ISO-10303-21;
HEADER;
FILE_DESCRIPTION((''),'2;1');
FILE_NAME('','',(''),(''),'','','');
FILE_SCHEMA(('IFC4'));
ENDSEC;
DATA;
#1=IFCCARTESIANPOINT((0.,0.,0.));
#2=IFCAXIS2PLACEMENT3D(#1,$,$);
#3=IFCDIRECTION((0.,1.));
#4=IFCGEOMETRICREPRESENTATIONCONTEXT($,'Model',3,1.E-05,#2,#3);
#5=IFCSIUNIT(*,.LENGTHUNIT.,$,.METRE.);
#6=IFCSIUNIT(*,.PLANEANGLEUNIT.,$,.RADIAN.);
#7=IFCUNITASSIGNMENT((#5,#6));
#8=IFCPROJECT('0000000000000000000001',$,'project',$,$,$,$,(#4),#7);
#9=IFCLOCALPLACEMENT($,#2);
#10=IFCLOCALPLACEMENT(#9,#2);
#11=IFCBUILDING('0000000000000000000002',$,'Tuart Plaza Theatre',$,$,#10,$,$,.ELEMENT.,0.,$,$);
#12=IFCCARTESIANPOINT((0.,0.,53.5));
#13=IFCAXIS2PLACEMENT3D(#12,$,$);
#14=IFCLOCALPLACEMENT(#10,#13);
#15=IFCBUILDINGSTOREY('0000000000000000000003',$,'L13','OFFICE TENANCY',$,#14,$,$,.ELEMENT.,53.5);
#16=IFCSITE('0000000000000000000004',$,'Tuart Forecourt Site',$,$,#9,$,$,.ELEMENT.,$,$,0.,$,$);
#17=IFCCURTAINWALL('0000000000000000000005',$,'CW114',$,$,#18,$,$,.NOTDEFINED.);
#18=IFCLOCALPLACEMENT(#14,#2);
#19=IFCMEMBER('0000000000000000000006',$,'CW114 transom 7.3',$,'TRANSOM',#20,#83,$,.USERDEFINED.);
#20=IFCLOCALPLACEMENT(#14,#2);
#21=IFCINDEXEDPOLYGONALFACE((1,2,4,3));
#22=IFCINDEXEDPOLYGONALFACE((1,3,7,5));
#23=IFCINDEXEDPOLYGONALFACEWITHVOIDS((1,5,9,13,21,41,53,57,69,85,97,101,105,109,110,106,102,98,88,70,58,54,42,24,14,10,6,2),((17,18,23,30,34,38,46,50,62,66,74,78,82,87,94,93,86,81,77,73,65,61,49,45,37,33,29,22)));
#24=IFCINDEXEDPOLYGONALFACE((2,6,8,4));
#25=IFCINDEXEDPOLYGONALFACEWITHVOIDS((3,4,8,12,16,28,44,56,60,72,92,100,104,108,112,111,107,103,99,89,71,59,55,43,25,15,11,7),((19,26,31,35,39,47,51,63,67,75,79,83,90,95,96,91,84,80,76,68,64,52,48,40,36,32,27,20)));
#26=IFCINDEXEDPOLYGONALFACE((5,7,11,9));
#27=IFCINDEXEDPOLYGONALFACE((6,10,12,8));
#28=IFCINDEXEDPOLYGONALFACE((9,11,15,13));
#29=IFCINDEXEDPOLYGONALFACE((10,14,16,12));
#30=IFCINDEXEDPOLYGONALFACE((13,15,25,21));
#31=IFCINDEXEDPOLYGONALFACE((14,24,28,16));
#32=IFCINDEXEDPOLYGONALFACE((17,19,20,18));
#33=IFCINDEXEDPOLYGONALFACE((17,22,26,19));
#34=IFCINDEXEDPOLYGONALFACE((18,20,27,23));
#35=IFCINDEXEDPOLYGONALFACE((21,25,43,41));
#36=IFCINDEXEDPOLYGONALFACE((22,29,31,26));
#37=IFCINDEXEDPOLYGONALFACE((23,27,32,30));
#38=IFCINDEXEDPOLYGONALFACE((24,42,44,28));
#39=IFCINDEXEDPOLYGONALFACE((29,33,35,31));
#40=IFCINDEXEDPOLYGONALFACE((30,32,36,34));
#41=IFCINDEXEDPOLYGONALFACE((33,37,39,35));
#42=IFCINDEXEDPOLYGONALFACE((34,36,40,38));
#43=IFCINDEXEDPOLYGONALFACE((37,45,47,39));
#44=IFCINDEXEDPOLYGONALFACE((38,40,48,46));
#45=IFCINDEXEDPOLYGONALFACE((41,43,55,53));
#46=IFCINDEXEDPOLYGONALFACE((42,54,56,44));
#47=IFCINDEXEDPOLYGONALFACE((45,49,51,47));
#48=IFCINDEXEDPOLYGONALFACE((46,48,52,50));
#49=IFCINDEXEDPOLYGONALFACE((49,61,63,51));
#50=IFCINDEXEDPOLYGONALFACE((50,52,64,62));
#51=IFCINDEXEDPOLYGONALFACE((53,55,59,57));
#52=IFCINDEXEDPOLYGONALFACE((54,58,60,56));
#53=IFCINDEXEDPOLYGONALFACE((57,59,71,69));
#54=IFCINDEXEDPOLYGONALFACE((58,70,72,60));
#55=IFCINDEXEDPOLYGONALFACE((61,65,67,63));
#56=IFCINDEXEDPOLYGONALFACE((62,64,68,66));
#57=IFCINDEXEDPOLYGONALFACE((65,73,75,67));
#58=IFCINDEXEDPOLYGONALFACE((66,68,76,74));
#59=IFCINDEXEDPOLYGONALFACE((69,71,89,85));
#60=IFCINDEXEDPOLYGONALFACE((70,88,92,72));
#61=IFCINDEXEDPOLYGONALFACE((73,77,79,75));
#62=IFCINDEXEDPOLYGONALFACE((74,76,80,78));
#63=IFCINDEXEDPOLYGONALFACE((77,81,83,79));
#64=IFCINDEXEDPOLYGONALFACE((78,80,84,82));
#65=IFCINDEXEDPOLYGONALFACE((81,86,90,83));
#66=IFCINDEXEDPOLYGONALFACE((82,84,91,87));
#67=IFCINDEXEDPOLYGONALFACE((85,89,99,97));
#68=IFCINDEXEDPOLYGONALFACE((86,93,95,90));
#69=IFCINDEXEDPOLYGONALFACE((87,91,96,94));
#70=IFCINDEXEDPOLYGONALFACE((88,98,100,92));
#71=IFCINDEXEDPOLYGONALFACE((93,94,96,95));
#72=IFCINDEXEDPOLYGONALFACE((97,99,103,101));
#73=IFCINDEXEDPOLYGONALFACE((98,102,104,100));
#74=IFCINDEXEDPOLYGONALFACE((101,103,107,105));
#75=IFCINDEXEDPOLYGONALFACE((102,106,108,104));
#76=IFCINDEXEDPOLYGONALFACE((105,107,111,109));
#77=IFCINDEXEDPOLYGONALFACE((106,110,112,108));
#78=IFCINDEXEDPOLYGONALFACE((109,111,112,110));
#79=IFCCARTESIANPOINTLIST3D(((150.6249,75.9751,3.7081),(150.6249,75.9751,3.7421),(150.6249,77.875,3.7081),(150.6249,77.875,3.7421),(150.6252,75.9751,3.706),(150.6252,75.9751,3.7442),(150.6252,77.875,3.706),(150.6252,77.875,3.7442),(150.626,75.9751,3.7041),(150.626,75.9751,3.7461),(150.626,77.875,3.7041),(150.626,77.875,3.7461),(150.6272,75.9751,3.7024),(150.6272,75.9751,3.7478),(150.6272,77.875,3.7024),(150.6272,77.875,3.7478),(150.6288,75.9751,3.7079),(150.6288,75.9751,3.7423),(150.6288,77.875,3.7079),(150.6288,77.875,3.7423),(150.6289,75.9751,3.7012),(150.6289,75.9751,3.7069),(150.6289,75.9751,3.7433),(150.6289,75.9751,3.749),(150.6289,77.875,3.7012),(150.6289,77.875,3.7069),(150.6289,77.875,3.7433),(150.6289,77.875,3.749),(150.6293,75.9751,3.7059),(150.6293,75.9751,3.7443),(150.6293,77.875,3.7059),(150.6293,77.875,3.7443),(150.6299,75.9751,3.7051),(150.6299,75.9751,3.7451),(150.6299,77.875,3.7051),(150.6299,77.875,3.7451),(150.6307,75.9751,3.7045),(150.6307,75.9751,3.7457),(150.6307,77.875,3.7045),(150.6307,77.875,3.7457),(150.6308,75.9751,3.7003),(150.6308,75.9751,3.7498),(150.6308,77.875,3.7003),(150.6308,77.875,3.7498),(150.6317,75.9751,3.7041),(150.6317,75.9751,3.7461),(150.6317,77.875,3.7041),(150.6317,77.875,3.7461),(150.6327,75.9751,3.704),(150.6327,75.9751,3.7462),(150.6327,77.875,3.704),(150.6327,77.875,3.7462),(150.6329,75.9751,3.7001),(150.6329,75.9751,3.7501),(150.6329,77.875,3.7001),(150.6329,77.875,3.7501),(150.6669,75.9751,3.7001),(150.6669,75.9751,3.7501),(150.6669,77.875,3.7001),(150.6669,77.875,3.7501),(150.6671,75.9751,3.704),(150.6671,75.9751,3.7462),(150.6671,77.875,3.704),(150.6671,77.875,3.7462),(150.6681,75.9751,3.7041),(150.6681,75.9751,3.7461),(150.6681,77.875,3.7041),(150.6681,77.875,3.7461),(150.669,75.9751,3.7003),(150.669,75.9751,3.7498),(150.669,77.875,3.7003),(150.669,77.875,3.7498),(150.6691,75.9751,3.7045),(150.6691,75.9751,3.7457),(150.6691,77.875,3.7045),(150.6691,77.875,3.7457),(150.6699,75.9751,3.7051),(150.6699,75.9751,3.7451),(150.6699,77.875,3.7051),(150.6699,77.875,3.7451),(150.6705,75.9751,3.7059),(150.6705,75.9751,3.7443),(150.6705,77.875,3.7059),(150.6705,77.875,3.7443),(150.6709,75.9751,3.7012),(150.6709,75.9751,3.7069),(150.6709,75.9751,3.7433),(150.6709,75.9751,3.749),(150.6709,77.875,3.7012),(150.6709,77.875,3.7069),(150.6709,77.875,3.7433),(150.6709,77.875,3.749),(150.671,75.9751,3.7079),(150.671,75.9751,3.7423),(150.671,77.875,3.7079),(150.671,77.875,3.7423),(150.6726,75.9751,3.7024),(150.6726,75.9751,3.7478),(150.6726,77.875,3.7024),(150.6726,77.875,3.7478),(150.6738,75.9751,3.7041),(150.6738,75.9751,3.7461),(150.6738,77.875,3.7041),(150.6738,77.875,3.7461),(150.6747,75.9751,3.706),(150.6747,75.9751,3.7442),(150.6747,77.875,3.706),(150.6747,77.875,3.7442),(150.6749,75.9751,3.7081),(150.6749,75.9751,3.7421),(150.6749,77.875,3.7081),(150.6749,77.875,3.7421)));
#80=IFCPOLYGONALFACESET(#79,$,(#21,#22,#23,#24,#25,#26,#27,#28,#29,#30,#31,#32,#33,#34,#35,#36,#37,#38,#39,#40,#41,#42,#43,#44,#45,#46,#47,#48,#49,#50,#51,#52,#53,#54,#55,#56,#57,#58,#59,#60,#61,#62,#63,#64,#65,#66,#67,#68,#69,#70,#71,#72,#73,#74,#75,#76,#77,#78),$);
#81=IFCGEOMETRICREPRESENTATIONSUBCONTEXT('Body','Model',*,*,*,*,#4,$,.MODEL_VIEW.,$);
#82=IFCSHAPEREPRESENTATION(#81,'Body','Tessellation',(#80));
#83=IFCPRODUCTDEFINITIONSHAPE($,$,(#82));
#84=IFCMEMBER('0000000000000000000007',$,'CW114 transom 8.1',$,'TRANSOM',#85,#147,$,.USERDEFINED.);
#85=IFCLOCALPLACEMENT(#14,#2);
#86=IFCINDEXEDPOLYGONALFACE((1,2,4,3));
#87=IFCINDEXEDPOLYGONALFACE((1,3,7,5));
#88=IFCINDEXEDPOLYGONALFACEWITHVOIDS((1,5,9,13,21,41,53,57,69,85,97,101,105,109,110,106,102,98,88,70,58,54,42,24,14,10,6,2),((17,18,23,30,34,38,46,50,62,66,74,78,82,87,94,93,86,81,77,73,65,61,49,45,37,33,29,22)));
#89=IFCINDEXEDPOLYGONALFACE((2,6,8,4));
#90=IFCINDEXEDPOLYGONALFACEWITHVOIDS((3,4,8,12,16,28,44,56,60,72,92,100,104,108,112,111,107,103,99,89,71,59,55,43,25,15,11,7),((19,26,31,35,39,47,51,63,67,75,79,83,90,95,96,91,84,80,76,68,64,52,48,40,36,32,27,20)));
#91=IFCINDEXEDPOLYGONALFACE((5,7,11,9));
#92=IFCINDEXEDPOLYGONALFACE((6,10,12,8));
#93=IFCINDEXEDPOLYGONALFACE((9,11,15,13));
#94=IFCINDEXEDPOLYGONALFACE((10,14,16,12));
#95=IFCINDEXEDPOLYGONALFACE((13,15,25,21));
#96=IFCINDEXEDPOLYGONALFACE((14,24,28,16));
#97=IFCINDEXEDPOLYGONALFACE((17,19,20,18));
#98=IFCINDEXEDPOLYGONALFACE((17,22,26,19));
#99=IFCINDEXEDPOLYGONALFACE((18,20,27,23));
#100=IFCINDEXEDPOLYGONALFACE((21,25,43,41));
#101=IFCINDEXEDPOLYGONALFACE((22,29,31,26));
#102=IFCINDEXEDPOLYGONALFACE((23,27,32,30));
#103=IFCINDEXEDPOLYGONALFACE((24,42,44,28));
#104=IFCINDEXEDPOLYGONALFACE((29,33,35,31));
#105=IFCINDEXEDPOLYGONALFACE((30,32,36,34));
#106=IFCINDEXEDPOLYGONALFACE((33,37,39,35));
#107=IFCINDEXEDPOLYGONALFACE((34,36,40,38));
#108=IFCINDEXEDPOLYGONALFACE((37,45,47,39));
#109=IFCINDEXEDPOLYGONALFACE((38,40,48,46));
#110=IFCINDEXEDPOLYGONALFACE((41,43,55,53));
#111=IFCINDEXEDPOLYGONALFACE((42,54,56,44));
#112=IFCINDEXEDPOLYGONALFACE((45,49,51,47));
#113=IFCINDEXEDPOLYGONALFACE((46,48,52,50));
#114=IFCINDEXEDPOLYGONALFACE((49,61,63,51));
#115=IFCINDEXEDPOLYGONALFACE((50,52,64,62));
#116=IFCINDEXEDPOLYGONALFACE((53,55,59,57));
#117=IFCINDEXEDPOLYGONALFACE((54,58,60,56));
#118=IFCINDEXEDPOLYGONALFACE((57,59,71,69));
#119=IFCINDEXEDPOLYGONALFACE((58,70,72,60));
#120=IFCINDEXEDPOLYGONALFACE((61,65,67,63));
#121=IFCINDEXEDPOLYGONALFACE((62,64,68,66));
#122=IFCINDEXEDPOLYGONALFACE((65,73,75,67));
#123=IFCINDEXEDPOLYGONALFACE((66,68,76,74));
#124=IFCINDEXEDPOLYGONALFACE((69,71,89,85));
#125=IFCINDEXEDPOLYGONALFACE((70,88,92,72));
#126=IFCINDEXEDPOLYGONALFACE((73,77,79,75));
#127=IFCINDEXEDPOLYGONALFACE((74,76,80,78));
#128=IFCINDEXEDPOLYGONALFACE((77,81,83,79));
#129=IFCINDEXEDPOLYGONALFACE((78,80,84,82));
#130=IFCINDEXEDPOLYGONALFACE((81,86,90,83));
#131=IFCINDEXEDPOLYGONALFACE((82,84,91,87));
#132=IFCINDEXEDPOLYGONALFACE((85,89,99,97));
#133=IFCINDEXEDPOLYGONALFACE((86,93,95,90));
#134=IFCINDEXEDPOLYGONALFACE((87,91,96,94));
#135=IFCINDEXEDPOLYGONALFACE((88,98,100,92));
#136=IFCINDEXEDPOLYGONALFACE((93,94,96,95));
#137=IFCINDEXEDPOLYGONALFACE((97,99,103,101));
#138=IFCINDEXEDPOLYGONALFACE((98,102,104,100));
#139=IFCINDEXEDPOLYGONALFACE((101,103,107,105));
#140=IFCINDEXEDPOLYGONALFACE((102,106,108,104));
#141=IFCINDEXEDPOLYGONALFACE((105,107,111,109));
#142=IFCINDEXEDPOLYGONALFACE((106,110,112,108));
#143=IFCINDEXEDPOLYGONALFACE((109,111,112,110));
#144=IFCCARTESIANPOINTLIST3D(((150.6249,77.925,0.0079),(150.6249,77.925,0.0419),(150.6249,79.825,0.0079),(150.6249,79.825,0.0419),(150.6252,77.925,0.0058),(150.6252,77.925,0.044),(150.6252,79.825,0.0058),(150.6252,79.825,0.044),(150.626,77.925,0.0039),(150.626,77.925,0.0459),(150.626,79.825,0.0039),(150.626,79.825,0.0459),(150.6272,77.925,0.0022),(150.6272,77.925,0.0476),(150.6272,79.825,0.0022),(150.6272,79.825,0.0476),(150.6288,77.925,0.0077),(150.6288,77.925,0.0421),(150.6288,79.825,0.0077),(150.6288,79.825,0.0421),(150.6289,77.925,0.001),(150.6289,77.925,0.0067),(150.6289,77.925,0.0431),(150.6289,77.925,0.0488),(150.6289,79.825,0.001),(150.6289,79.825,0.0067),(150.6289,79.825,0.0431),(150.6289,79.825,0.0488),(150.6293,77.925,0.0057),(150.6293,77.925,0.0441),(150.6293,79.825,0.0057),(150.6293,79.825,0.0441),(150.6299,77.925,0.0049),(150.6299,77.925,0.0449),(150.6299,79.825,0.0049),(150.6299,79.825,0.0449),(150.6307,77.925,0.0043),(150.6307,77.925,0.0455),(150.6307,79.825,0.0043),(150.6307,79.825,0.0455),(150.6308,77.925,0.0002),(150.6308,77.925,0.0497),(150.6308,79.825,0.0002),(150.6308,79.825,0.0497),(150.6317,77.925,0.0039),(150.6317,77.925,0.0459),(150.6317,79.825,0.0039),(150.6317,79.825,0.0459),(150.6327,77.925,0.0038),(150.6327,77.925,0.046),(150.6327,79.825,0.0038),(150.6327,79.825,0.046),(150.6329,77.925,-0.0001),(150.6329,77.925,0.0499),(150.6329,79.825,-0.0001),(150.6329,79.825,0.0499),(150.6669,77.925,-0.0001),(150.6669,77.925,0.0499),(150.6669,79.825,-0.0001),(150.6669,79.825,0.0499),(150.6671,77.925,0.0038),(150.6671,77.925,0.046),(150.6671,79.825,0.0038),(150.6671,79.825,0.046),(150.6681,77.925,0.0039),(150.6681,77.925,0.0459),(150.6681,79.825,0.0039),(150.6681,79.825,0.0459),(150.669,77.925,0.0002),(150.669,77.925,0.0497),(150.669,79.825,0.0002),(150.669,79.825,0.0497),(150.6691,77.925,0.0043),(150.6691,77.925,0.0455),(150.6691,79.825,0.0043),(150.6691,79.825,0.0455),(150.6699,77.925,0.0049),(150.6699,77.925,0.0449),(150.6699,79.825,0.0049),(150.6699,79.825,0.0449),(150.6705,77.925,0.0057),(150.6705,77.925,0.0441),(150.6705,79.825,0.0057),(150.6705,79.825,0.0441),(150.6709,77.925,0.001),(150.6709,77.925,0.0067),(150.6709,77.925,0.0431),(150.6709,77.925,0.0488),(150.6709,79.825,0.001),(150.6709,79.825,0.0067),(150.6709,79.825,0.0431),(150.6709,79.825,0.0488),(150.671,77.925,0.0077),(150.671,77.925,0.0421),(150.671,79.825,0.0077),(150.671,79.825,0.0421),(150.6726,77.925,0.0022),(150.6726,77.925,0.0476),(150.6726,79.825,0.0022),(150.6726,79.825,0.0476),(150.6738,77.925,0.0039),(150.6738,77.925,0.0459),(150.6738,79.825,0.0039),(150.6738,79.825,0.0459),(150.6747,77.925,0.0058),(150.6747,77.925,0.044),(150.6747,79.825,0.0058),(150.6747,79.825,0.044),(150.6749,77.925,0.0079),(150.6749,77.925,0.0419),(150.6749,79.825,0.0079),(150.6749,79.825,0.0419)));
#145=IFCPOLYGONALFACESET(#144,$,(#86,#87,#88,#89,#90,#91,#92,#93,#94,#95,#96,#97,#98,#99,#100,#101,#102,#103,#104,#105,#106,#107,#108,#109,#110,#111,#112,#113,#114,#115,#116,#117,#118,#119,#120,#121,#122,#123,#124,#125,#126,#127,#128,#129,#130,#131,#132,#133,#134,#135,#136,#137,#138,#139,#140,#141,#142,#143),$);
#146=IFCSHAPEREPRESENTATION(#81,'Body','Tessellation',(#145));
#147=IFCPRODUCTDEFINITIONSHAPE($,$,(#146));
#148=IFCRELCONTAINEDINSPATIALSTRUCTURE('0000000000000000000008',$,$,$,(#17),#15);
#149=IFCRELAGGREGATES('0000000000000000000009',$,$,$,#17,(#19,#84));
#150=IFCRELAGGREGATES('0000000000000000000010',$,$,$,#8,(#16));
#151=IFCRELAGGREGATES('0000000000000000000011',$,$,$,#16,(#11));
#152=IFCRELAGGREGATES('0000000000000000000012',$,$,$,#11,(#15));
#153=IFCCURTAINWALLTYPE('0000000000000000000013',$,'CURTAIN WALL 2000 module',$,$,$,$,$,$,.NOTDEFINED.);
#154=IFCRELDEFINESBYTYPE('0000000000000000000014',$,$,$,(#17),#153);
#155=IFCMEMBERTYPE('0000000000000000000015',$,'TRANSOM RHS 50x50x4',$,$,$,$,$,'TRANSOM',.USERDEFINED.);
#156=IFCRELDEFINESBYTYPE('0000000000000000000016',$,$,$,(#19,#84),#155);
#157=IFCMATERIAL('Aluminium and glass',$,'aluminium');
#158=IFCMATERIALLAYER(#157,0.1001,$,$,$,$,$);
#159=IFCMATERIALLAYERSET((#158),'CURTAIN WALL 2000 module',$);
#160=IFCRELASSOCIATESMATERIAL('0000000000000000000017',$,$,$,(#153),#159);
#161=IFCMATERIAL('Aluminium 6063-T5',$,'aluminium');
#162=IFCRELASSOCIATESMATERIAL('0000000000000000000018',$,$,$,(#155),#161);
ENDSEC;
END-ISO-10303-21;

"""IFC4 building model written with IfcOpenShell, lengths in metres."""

from ifc_helpers import new_model, si_unit, direction, frame, origin, origin_2d, place, context, subcontext, project, spatial, hollow_rectangle, extrude, material, layer, layer_set, material_profile, profile_set, type_object, element, aggregate, save


model = new_model("IFC4")

# Units and contexts
model_context = context("Model", 3, precision=1e-05, world=origin(), true_north=direction((0.0, 1.0)))
body_context = subcontext(model_context, "Body", "Model", "MODEL_VIEW")
ifc_project = project(units=[si_unit("LENGTHUNIT", "METRE"), si_unit("PLANEANGLEUNIT", "RADIAN")], contexts=[model_context])

# Site, building, storey
site_placement = place(None, origin())
site = spatial("IfcSite", under=ifc_project, at=site_placement, Name="Tuart Forecourt Site", CompositionType="ELEMENT", RefElevation=0.0)
building_placement = place(site_placement, origin())
building = spatial("IfcBuilding", under=site, at=building_placement, Name="Tuart Plaza Theatre", CompositionType="ELEMENT", ElevationOfRefHeight=0.0)
storey_placement = place(building_placement, frame((0.0, 0.0, 53.5)))
storey = spatial("IfcBuildingStorey", under=building, at=storey_placement, Name="L13", Description="OFFICE TENANCY", CompositionType="ELEMENT", Elevation=53.5)

# Curtain wall
ifc_material_1 = material(Name="Aluminium and glass", Category="aluminium")
ifc_layer_1 = layer(ifc_material_1, 0.1001)
ifc_layer_set_1 = layer_set([ifc_layer_1], Name="CURTAIN WALL 2000 module")
curtain_wall_type = type_object("IfcCurtainWallType", Name="CURTAIN WALL 2000 module", PredefinedType="NOTDEFINED", material=ifc_layer_set_1)
curtain_wall_1_placement = place(storey_placement, origin())
curtain_wall_1 = element("IfcCurtainWall", 1, at=curtain_wall_1_placement, inside=storey, type_object=curtain_wall_type, Name="CW114", PredefinedType="NOTDEFINED")

# Members
ifc_material_2 = material(Name="Aluminium 6063-T5", Category="aluminium")
ifc_material_profile_1 = material_profile(ifc_material_2, hollow_rectangle(XDim=0.05, YDim=0.05, WallThickness=0.0039, InnerFilletRadius=0.0039, OuterFilletRadius=0.0081, at=origin_2d()), Name="RHS 50x50x4")
ifc_profile_set_1 = profile_set([ifc_material_profile_1], Name="Aluminium 6063-T5")
member_type_1 = type_object("IfcMemberType", Name="TRANSOM RHS 50x50x4", ElementType="TRANSOM", PredefinedType="USERDEFINED", material=ifc_profile_set_1)
member_1_placement = place(storey_placement, frame((150.6499, 75.9751, 3.7251), z_axis=(0.0, 1.0, 0.0), x_axis=(-1.0, 0.0, 0.0)))
member_1 = element("IfcMember", 2, at=member_1_placement, type_object=member_type_1, Name="CW114 transom 7.3", ObjectType="TRANSOM", PredefinedType="USERDEFINED", context=body_context, shape_type="SweptSolid", body=[
    extrude(hollow_rectangle(XDim=0.05, YDim=0.05, WallThickness=0.0039, InnerFilletRadius=0.0039, OuterFilletRadius=0.0081, at=origin_2d()), origin(), (0.0, 0.0, 1.0), 1.8999),
])
member_2_placement = place(storey_placement, frame((150.6499, 77.925, 0.0249), z_axis=(0.0, 1.0, 0.0), x_axis=(-1.0, 0.0, 0.0)))
member_2 = element("IfcMember", 3, at=member_2_placement, type_object=member_type_1, Name="CW114 transom 8.1", ObjectType="TRANSOM", PredefinedType="USERDEFINED", context=body_context, shape_type="SweptSolid", body=[
    extrude(hollow_rectangle(XDim=0.05, YDim=0.05, WallThickness=0.0039, InnerFilletRadius=0.0039, OuterFilletRadius=0.0081, at=origin_2d()), origin(), (0.0, 0.0, 1.0), 1.8999),
])

aggregate(curtain_wall_1, [member_1, member_2])

save(model, "model.ifc")
